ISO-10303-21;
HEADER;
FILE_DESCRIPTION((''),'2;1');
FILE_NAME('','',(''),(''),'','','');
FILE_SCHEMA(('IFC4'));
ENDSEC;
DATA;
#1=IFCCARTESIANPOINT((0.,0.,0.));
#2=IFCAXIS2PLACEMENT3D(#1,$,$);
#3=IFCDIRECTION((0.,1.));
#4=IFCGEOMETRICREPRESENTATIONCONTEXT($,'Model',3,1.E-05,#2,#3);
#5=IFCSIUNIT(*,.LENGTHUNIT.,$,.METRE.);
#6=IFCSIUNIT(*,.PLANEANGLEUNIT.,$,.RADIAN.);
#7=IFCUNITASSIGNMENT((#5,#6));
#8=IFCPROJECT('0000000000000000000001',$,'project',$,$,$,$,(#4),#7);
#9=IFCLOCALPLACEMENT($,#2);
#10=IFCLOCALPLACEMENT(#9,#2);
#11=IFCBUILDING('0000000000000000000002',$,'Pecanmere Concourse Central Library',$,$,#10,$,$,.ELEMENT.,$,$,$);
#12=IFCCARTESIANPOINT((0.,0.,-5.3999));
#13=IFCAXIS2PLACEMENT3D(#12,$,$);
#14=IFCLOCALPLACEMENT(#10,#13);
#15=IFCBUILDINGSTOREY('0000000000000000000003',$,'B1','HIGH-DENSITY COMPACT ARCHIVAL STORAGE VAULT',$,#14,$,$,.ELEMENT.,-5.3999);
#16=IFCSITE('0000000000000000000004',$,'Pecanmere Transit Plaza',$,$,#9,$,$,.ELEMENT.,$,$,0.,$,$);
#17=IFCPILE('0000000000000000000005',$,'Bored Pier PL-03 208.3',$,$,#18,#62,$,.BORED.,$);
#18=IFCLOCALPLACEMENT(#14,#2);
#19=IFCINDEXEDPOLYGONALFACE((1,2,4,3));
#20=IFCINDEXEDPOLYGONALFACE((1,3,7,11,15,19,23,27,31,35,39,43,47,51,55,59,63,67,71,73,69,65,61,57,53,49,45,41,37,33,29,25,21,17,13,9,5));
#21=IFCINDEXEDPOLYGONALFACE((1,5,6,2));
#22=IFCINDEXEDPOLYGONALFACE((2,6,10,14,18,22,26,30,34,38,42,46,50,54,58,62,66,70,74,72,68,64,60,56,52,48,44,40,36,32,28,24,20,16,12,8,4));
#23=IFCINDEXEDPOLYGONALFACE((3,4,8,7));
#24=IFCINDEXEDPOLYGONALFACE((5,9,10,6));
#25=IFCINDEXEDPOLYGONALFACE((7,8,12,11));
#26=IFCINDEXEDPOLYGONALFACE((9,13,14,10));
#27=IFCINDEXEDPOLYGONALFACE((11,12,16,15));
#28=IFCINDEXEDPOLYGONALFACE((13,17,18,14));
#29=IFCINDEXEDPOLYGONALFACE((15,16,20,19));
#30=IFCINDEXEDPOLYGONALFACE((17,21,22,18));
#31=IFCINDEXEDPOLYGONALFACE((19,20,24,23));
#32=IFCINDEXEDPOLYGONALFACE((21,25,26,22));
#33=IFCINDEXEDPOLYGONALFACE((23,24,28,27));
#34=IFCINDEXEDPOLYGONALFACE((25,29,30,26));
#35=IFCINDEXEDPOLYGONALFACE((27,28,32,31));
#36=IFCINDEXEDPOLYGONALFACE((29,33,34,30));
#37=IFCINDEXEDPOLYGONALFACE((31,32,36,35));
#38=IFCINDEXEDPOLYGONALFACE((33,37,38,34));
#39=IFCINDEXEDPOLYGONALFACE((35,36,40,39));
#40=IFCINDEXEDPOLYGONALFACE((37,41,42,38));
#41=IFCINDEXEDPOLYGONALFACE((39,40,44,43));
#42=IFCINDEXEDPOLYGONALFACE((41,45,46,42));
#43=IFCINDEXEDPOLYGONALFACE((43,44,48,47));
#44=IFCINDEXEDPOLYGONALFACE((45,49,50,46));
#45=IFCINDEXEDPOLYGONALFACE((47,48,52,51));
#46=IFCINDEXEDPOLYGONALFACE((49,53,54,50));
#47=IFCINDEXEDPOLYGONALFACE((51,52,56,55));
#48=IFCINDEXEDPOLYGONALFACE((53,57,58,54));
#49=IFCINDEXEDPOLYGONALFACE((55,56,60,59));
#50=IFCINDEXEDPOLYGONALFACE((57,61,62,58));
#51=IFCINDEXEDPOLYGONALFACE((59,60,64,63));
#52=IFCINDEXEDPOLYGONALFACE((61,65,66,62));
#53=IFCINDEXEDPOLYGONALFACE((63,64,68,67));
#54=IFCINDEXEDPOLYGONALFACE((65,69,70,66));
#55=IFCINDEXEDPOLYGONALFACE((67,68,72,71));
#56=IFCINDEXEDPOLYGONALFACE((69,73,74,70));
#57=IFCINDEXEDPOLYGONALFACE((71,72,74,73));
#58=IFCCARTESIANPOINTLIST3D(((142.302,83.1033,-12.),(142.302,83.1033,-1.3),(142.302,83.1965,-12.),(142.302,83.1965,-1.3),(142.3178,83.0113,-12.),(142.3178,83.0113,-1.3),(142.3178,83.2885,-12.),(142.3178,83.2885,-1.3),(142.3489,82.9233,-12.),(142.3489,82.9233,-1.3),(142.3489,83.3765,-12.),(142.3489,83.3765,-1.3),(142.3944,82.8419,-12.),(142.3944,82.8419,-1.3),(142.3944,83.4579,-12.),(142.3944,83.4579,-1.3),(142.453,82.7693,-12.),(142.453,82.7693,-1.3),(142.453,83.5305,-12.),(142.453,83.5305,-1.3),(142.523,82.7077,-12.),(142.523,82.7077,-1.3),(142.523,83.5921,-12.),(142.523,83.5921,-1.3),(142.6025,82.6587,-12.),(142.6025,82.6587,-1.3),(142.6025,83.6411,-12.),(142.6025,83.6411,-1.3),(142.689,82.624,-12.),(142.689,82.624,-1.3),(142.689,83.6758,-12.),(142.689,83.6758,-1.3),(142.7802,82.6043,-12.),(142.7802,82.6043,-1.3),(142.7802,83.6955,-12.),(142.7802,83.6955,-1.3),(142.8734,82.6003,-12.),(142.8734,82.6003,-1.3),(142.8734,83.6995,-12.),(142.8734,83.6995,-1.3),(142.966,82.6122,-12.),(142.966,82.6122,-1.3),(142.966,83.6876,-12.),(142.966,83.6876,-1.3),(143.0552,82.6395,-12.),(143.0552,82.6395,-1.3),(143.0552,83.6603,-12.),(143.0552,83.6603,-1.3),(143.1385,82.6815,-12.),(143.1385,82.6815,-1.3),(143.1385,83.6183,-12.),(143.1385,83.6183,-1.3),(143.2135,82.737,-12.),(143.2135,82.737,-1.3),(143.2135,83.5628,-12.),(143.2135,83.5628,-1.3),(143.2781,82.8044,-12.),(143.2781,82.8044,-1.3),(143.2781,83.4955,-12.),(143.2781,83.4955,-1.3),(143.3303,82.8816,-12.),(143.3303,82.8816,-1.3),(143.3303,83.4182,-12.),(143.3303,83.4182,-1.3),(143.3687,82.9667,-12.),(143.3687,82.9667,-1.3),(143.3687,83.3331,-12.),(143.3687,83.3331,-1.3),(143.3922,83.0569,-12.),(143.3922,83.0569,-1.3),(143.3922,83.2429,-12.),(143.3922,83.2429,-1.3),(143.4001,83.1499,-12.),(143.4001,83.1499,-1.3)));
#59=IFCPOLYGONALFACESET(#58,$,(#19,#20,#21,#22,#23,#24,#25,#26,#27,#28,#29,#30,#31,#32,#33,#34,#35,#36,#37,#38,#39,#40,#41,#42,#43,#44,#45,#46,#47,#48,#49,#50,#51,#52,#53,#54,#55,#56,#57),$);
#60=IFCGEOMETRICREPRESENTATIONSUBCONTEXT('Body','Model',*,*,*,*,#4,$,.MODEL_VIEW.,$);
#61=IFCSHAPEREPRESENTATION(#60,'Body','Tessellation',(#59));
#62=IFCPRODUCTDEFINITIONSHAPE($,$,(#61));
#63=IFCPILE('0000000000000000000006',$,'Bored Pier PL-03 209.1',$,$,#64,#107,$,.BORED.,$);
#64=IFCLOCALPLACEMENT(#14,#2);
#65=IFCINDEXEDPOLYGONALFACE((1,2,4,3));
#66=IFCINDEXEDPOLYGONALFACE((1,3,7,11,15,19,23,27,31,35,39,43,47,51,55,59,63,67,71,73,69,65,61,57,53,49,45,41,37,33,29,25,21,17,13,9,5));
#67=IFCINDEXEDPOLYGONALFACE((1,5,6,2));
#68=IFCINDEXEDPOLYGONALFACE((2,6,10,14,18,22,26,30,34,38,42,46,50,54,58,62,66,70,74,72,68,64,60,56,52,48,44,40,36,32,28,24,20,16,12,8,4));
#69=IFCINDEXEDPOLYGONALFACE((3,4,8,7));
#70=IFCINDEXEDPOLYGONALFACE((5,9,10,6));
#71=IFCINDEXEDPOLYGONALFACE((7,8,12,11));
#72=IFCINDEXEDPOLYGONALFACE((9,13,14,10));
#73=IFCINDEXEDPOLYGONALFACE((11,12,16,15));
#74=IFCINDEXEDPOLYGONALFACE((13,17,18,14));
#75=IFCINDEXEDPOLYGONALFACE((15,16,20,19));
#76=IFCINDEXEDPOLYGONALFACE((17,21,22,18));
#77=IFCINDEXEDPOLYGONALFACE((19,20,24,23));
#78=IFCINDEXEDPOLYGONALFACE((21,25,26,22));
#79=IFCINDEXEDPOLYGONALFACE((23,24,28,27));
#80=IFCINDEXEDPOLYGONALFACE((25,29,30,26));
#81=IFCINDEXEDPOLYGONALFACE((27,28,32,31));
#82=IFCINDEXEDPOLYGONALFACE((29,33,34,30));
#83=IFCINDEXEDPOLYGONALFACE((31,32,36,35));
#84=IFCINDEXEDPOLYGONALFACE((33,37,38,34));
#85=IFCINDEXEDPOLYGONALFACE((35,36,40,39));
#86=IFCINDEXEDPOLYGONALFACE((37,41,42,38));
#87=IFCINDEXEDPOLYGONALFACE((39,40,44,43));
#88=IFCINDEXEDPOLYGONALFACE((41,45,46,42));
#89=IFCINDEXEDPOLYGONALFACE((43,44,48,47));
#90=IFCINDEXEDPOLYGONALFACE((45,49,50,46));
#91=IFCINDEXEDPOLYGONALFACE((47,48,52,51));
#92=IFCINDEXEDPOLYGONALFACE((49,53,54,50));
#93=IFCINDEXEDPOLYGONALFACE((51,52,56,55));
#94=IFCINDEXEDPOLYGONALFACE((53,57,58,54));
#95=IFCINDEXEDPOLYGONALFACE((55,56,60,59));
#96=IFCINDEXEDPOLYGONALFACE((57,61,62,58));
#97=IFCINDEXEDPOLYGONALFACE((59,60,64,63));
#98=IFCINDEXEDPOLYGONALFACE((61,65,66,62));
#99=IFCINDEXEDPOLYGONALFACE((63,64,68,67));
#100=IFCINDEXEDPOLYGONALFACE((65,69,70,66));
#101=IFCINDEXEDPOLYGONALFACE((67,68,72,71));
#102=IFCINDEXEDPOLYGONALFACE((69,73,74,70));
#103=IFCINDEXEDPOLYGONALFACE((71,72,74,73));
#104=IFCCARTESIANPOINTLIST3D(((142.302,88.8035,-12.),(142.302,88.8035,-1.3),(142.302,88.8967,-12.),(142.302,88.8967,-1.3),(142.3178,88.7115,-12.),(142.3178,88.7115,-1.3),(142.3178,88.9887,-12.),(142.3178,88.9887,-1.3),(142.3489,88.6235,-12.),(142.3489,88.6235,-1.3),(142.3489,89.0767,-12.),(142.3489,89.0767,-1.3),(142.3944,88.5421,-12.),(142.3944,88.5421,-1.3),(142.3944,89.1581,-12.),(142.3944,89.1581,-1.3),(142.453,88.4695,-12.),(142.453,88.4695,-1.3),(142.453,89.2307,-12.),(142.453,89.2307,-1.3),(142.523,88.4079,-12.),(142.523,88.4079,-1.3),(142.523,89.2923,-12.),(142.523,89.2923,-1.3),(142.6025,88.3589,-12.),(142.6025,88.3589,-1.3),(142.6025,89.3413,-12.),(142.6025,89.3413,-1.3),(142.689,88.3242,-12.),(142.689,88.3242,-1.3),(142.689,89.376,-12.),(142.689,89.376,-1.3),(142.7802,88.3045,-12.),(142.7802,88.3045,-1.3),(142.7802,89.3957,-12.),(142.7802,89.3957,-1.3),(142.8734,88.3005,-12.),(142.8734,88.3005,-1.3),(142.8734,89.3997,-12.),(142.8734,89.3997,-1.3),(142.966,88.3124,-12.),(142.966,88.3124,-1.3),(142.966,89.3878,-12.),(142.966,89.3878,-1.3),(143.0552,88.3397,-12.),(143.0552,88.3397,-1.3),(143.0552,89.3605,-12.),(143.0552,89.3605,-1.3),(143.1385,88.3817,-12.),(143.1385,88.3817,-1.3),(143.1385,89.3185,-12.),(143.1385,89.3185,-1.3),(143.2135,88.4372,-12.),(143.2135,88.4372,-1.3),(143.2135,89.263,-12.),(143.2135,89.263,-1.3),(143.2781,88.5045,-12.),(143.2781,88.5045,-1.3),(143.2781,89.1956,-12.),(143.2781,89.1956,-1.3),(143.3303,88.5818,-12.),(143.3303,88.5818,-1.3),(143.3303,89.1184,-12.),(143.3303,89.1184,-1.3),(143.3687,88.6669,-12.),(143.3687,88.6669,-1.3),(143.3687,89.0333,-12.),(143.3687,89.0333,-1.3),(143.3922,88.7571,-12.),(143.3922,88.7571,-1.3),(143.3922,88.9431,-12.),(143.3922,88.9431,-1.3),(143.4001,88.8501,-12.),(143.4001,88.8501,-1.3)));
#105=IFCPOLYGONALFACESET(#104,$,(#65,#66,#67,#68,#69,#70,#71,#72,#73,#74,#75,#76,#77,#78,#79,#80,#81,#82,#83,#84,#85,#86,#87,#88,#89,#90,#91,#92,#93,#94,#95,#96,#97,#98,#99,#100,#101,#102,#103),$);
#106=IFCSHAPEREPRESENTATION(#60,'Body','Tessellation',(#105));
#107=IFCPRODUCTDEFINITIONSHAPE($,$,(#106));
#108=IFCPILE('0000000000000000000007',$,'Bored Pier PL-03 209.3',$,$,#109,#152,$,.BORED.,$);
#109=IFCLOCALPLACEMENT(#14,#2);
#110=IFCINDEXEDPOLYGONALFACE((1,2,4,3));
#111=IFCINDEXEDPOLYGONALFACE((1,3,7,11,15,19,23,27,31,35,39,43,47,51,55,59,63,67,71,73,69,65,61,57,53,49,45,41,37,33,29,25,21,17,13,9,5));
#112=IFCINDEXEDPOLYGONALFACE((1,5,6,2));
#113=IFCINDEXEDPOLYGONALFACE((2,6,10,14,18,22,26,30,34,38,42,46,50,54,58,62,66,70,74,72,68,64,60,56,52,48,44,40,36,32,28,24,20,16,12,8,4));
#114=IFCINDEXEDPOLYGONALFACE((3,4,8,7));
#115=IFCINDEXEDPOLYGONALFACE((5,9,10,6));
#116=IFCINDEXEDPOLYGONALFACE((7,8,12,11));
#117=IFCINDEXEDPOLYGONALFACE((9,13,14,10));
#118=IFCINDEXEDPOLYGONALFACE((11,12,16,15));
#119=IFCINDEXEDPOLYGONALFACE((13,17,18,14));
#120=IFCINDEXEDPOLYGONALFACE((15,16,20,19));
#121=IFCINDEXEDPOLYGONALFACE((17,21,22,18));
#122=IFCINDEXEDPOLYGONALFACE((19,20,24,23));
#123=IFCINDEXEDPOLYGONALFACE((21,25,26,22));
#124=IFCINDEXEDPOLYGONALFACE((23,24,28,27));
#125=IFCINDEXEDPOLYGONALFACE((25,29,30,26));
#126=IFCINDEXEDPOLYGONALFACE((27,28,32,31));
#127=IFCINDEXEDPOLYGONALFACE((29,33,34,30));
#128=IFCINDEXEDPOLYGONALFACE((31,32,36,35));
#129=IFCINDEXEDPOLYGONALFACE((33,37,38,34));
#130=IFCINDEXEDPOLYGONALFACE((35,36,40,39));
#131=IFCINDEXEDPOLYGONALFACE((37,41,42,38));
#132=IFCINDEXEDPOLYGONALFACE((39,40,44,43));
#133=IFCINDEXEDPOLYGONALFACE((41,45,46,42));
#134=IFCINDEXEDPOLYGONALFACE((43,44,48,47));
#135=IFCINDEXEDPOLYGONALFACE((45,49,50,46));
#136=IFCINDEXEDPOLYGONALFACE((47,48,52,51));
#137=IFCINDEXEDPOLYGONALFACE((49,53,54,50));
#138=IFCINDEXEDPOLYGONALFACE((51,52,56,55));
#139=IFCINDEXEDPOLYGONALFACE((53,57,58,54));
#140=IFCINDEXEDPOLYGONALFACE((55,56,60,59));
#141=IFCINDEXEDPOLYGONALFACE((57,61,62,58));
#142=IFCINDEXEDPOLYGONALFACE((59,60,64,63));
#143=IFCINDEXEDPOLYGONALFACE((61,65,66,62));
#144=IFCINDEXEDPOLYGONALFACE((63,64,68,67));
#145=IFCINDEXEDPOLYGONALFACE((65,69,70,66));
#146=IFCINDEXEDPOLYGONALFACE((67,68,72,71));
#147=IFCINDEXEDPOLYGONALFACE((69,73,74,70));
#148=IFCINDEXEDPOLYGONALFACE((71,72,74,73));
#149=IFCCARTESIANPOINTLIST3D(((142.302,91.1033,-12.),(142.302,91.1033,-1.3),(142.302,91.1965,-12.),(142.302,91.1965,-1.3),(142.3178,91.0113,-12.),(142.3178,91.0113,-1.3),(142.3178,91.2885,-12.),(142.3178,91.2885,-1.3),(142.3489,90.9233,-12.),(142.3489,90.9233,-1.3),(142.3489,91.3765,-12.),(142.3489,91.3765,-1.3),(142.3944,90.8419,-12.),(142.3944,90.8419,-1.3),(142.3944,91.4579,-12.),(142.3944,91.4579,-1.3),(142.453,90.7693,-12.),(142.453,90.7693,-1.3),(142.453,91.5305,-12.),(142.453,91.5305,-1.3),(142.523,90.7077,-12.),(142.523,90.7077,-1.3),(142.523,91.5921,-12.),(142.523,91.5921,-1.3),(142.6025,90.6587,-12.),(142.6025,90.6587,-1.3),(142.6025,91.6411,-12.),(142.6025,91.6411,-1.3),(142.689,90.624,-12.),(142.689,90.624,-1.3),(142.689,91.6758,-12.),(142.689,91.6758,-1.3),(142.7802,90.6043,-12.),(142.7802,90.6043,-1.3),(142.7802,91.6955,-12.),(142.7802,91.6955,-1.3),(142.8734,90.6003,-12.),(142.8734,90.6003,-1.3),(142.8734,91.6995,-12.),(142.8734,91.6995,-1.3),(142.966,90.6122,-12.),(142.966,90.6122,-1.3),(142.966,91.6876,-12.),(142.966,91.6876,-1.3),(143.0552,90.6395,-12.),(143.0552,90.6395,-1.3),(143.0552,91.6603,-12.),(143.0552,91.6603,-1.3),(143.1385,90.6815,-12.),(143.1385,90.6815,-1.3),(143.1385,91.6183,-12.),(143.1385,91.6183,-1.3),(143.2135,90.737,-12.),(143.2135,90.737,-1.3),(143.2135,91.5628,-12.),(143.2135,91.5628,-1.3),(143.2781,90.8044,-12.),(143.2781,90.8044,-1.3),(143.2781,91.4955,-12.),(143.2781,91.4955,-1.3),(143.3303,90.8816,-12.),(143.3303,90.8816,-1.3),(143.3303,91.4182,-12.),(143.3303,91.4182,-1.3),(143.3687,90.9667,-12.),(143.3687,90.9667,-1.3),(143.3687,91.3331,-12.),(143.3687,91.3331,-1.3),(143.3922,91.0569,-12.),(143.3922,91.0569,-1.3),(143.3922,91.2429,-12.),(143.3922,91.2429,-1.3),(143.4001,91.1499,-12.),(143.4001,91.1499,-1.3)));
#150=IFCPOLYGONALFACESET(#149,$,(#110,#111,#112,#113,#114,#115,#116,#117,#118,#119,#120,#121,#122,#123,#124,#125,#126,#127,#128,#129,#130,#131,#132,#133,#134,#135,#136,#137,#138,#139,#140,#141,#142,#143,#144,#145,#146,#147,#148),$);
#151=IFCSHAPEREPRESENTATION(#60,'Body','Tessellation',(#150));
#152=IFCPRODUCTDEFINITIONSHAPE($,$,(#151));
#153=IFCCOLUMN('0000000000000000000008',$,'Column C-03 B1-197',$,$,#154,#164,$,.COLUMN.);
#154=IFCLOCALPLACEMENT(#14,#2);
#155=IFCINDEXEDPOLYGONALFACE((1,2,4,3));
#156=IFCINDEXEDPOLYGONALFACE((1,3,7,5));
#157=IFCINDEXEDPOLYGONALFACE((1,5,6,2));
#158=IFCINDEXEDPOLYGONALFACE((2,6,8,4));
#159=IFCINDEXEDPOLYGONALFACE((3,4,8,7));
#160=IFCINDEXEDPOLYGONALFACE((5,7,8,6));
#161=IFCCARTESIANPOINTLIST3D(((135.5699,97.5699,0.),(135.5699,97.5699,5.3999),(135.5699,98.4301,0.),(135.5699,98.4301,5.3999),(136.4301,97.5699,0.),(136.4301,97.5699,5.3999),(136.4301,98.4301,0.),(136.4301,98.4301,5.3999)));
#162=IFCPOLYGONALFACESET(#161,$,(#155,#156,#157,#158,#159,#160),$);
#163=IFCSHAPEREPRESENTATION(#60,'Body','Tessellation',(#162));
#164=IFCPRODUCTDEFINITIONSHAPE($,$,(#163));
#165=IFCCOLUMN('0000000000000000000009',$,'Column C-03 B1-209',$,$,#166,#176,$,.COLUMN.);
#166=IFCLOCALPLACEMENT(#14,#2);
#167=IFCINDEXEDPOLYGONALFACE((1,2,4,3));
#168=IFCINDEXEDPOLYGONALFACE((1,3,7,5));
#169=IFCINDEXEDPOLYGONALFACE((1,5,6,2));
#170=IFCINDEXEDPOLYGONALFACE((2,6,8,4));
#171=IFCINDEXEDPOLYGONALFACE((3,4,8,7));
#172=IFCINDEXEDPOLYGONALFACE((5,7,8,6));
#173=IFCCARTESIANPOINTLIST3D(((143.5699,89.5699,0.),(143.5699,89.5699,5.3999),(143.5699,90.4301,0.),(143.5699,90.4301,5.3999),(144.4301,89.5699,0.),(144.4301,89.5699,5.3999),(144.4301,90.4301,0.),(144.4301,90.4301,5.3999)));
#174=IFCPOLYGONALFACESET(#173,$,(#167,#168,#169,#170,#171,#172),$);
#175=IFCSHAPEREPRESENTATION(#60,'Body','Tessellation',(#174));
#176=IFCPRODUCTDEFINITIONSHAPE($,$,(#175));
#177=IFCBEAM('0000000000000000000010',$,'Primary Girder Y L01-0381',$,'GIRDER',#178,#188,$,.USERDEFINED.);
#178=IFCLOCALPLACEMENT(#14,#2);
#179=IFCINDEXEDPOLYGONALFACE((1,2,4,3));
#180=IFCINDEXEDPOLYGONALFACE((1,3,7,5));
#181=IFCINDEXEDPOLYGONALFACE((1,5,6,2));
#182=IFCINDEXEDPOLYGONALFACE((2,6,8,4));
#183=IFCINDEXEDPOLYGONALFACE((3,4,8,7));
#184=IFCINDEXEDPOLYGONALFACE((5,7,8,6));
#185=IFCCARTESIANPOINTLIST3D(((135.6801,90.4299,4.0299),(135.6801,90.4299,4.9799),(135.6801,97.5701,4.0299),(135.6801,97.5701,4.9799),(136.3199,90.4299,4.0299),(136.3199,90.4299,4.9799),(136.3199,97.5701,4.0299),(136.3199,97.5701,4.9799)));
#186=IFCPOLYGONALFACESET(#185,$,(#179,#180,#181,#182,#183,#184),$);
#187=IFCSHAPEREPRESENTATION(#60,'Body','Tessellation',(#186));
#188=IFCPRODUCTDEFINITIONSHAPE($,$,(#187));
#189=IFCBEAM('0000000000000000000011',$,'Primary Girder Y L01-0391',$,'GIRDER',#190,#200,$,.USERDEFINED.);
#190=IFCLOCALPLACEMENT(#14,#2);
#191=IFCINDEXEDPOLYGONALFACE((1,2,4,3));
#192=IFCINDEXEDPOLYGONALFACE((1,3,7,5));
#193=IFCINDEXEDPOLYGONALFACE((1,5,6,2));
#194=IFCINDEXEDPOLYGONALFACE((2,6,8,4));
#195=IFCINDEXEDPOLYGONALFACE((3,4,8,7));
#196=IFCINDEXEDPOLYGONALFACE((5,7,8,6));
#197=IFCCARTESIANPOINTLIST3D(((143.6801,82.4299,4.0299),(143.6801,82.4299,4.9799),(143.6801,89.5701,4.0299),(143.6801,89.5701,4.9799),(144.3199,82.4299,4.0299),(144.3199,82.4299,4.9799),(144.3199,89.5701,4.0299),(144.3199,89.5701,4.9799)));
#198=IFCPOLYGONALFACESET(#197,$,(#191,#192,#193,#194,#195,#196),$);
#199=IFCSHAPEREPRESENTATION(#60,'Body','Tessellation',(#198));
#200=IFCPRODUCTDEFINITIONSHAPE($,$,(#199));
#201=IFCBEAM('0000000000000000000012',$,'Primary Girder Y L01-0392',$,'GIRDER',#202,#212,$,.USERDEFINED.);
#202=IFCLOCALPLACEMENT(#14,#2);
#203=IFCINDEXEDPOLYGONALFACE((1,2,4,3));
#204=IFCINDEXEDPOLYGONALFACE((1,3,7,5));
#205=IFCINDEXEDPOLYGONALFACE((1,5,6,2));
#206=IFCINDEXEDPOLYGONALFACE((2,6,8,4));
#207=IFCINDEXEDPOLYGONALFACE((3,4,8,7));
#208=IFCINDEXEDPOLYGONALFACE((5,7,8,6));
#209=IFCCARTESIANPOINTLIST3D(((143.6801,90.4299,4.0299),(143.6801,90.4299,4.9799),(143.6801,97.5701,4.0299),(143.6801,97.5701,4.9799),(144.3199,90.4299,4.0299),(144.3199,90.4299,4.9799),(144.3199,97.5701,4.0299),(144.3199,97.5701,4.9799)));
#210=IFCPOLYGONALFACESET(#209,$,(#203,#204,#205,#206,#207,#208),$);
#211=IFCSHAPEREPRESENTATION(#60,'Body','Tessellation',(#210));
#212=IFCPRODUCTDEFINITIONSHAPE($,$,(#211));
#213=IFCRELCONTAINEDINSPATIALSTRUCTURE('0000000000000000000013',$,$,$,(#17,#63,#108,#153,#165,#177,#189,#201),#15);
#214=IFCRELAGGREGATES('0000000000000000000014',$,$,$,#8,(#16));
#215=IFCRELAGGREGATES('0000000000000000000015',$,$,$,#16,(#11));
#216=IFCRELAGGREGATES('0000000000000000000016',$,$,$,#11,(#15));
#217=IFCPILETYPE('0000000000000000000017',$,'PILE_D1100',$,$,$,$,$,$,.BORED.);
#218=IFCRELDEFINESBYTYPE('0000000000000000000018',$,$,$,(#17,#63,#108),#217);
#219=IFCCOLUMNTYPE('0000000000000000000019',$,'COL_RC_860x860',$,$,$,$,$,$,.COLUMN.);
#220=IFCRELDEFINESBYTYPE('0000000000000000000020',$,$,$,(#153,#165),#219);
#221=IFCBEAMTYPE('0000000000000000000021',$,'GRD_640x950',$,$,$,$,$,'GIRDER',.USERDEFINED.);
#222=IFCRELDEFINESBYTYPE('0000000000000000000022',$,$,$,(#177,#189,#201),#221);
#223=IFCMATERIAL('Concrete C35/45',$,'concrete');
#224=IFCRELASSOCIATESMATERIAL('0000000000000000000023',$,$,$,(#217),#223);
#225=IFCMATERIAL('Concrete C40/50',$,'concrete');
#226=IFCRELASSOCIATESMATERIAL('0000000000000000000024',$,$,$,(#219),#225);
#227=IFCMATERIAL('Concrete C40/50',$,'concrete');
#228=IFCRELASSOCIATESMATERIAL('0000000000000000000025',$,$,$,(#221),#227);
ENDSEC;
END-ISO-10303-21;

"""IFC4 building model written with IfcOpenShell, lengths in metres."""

from ifc_helpers import new_model, si_unit, direction, frame, origin, origin_2d, place, context, subcontext, project, spatial, rectangle, circle, extrude, material, material_profile, profile_set, type_object, element, save


model = new_model("IFC4")

# Units and contexts
model_context = context("Model", 3, precision=1e-05, world=origin(), true_north=direction((0.0, 1.0)))
body_context = subcontext(model_context, "Body", "Model", "MODEL_VIEW")
ifc_project = project(units=[si_unit("LENGTHUNIT", "METRE"), si_unit("PLANEANGLEUNIT", "RADIAN")], contexts=[model_context])

# Site, building, storey
site_placement = place(None, origin())
site = spatial("IfcSite", under=ifc_project, at=site_placement, Name="Pecanmere Transit Plaza", CompositionType="ELEMENT", RefElevation=0.0)
building_placement = place(site_placement, origin())
building = spatial("IfcBuilding", under=site, at=building_placement, Name="Pecanmere Concourse Central Library", CompositionType="ELEMENT")
storey_placement = place(building_placement, frame((0.0, 0.0, -5.3999)))
storey = spatial("IfcBuildingStorey", under=building, at=storey_placement, Name="B1", Description="HIGH-DENSITY COMPACT ARCHIVAL STORAGE VAULT", CompositionType="ELEMENT", Elevation=-5.3999)

# Piles
ifc_material_1 = material(Name="Concrete C35/45", Category="concrete")
ifc_material_profile_1 = material_profile(ifc_material_1, circle(Radius=0.55, at=origin_2d()), Name="PIER D1100")
ifc_profile_set_1 = profile_set([ifc_material_profile_1], Name="Concrete C35/45")
pile_type = type_object("IfcPileType", Name="PILE_D1100", PredefinedType="BORED", material=ifc_profile_set_1)
for number, where, z_axis, x_axis, name in (
    (1, (142.8501, 83.1499, -1.3), (0.0, 0.0, -1.0), (1.0, 0.0, 0.0), "Bored Pier PL-03 208.3"),
    (2, (142.8501, 88.8501, -1.3), (0.0, 0.0, -1.0), (1.0, 0.0, 0.0), "Bored Pier PL-03 209.1"),
    (3, (142.8501, 91.1499, -1.3), (0.0, 0.0, -1.0), (1.0, 0.0, 0.0), "Bored Pier PL-03 209.3"),
):
    element("IfcPile", number, at=place(storey_placement, frame(where, z_axis=z_axis, x_axis=x_axis)), inside=storey, type_object=pile_type, Name=name, PredefinedType="BORED", context=body_context, shape_type="SweptSolid", body=[
        extrude(circle(Radius=0.55, at=origin_2d()), origin(), (0.0, 0.0, 1.0), 10.7),
    ])

# Columns
ifc_material_2 = material(Name="Concrete C40/50", Category="concrete")
ifc_material_profile_2 = material_profile(ifc_material_2, rectangle(XDim=0.8601, YDim=0.8601, at=origin_2d()), Name="RC 860x860")
ifc_profile_set_2 = profile_set([ifc_material_profile_2], Name="Concrete C40/50")
column_type = type_object("IfcColumnType", Name="COL_RC_860x860", PredefinedType="COLUMN", material=ifc_profile_set_2)
for number, where, z_axis, x_axis, name in (
    (4, (136.0, 98.0, 0.0), (0.0, 0.0, 1.0), (1.0, 0.0, 0.0), "Column C-03 B1-197"),
    (5, (144.0, 90.0, 0.0), (0.0, 0.0, 1.0), (1.0, 0.0, 0.0), "Column C-03 B1-209"),
):
    element("IfcColumn", number, at=place(storey_placement, frame(where, z_axis=z_axis, x_axis=x_axis)), inside=storey, type_object=column_type, Name=name, PredefinedType="COLUMN", context=body_context, shape_type="SweptSolid", body=[
        extrude(rectangle(XDim=0.8601, YDim=0.8601, at=origin_2d()), origin(), (0.0, 0.0, 1.0), 5.3999),
    ])

# Beams
ifc_material_3 = material(Name="Concrete C40/50", Category="concrete")
ifc_material_profile_3 = material_profile(ifc_material_3, rectangle(XDim=0.6399, YDim=0.95, at=origin_2d()), Name="RC 640x950")
ifc_profile_set_3 = profile_set([ifc_material_profile_3], Name="Concrete C40/50")
beam_type_1 = type_object("IfcBeamType", Name="GRD_640x950", ElementType="GIRDER", PredefinedType="USERDEFINED", material=ifc_profile_set_3)
for number, where, z_axis, x_axis, name in (
    (6, (136.0, 90.4299, 4.5049), (0.0, 1.0, 0.0), (-1.0, 0.0, 0.0), "Primary Girder Y L01-0381"),
    (7, (144.0, 82.4299, 4.5049), (0.0, 1.0, 0.0), (-1.0, 0.0, 0.0), "Primary Girder Y L01-0391"),
    (8, (144.0, 90.4299, 4.5049), (0.0, 1.0, 0.0), (-1.0, 0.0, 0.0), "Primary Girder Y L01-0392"),
):
    element("IfcBeam", number, at=place(storey_placement, frame(where, z_axis=z_axis, x_axis=x_axis)), inside=storey, type_object=beam_type_1, Name=name, ObjectType="GIRDER", PredefinedType="USERDEFINED", context=body_context, shape_type="SweptSolid", body=[
        extrude(rectangle(XDim=0.6399, YDim=0.95, at=origin_2d()), origin(), (0.0, 0.0, 1.0), 7.1401),
    ])

save(model, "model.ifc")
